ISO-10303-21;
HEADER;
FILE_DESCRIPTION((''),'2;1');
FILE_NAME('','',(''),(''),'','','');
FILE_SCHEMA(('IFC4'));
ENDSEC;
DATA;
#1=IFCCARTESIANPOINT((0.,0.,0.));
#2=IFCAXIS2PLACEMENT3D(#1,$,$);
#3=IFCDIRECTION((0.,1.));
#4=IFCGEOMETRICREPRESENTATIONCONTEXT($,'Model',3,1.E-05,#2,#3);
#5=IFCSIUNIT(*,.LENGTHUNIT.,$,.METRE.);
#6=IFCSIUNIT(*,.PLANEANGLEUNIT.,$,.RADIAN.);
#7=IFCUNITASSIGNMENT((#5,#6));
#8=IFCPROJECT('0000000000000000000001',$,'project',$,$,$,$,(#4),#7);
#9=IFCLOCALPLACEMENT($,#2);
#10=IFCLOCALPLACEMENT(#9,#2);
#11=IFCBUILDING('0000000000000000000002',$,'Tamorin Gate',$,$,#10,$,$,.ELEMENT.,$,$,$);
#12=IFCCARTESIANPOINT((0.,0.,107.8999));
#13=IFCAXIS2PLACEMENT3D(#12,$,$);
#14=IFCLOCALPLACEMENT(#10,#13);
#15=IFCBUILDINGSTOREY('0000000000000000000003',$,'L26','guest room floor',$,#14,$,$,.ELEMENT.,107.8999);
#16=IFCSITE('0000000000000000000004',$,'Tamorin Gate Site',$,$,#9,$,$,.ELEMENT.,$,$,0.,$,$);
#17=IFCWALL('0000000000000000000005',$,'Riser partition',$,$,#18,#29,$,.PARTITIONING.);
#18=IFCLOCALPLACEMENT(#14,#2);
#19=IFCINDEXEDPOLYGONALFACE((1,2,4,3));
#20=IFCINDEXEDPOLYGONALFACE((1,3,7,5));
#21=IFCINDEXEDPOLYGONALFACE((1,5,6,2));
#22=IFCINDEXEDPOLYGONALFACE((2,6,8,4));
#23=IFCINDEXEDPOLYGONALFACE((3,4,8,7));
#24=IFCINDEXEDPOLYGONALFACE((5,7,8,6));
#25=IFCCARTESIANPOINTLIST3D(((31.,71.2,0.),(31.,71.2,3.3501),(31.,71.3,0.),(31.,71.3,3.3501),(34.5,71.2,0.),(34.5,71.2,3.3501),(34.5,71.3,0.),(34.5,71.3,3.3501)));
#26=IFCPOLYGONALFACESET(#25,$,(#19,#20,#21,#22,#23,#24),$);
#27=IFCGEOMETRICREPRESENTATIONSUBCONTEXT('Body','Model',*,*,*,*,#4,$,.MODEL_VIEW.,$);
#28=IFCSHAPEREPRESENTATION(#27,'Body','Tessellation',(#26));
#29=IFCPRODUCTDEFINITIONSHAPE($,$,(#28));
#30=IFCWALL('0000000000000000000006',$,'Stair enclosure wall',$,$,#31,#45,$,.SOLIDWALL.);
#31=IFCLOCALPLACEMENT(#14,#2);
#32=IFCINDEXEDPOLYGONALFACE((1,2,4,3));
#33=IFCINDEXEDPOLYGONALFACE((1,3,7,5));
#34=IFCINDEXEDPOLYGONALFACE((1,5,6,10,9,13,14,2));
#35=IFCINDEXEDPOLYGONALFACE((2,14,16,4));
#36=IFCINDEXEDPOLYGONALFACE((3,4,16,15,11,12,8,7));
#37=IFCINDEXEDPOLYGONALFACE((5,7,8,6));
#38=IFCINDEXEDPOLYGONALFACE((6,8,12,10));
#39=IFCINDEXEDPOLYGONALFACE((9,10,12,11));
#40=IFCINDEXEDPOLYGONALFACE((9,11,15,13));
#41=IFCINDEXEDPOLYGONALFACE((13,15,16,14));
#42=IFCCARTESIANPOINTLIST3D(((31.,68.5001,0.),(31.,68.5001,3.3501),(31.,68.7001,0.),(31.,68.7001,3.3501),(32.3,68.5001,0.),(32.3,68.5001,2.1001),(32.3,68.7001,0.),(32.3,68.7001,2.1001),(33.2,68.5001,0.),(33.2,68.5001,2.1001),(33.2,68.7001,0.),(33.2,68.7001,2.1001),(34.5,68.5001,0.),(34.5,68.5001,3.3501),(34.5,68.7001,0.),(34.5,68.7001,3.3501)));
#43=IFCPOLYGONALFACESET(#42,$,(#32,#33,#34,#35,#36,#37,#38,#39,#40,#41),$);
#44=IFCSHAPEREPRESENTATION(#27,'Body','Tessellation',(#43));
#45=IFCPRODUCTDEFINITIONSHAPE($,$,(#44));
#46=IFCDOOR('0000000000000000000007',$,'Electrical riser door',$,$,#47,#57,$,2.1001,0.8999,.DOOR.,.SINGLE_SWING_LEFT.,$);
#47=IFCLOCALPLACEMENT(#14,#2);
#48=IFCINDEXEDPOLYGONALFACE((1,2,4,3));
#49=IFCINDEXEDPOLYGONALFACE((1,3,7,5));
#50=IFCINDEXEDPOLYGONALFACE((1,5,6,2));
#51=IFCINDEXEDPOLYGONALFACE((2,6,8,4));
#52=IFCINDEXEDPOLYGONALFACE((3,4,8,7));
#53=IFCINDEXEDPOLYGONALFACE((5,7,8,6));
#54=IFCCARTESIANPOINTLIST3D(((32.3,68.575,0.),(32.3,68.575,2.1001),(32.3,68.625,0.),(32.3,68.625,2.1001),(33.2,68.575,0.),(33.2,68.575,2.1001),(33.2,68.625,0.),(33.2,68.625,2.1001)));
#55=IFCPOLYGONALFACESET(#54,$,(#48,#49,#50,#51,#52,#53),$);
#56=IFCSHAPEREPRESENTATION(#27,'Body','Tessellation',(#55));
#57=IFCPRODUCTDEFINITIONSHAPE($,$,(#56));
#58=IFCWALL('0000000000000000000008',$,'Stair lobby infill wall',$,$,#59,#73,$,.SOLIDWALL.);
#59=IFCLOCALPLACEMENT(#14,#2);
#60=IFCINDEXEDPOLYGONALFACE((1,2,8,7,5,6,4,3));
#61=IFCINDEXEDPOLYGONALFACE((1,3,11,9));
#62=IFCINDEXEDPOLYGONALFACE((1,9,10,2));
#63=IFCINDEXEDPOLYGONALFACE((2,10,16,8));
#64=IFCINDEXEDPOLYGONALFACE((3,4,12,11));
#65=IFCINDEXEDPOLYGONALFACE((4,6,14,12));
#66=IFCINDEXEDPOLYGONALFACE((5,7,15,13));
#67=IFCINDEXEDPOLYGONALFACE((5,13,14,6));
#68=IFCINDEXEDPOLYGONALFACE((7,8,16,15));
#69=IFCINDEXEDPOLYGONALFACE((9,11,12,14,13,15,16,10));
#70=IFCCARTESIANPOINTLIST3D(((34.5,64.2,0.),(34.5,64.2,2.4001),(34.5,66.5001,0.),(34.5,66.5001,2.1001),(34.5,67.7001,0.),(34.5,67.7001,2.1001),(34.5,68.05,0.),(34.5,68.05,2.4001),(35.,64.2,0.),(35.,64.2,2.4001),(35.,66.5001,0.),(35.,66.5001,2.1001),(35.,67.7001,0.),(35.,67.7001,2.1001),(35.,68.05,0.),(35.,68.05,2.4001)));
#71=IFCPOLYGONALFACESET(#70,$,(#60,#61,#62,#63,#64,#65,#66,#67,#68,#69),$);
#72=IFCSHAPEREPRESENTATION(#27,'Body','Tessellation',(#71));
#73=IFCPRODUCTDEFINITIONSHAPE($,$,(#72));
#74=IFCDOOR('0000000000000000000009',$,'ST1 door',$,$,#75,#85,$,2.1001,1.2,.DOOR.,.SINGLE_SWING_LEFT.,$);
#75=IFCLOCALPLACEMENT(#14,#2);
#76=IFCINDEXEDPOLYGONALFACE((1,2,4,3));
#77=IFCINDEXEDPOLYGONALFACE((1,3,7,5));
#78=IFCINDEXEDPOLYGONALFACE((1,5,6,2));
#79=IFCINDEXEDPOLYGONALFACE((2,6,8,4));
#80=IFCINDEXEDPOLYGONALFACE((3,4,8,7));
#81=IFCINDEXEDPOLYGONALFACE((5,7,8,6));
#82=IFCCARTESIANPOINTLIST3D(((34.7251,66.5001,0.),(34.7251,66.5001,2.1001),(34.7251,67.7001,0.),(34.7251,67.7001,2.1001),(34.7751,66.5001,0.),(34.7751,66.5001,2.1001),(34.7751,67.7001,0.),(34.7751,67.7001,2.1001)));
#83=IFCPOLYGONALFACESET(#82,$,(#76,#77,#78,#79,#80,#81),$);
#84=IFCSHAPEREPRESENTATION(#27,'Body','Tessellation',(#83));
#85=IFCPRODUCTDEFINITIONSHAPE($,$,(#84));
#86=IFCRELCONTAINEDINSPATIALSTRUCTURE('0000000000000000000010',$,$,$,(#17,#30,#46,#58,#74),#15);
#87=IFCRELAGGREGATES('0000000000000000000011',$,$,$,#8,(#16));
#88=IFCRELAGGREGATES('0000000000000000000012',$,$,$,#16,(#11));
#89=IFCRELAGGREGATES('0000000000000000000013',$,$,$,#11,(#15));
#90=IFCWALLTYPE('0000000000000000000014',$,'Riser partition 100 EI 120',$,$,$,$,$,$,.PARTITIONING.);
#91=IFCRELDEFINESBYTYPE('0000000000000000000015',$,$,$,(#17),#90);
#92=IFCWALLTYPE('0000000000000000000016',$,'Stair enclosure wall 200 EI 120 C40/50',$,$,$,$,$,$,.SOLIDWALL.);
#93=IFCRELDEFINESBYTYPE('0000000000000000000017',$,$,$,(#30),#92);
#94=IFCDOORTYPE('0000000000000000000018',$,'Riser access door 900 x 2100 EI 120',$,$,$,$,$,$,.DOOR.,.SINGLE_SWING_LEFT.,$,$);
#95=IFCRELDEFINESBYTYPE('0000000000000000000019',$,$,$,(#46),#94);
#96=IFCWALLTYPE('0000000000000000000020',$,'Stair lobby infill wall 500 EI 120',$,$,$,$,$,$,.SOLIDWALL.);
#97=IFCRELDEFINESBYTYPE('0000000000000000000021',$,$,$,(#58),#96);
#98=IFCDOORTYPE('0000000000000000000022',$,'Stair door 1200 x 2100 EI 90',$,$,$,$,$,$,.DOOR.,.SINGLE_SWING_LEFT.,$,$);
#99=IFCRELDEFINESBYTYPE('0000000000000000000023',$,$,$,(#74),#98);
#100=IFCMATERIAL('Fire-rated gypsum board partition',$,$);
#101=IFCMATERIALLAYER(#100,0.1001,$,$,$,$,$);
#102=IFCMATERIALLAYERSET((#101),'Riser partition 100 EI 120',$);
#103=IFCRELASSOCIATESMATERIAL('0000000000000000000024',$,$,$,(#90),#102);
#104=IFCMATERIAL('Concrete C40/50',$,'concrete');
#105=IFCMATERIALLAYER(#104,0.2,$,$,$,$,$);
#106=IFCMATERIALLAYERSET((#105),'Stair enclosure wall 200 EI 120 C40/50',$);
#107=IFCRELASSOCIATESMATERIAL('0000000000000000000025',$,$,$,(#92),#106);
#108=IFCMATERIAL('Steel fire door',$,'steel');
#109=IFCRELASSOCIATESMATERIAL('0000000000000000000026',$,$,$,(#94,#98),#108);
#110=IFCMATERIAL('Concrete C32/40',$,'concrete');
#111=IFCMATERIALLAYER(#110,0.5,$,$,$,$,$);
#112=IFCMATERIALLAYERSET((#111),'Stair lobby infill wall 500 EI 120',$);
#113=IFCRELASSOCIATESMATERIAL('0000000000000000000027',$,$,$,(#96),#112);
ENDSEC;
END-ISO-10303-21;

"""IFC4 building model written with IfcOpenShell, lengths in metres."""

from ifc_helpers import new_model, si_unit, direction, frame, frame_2d, origin, place, context, subcontext, project, spatial, rectangle, extrude, material, layer, layer_set, type_object, element, fill, save


model = new_model("IFC4")

# Units and contexts
model_context = context("Model", 3, precision=1e-05, world=origin(), true_north=direction((0.0, 1.0)))
body_context = subcontext(model_context, "Body", "Model", "MODEL_VIEW")
ifc_project = project(units=[si_unit("LENGTHUNIT", "METRE"), si_unit("PLANEANGLEUNIT", "RADIAN")], contexts=[model_context])

# Site, building, storey
site_placement = place(None, origin())
site = spatial("IfcSite", under=ifc_project, at=site_placement, Name="Tamorin Gate Site", CompositionType="ELEMENT", RefElevation=0.0)
building_placement = place(site_placement, origin())
building = spatial("IfcBuilding", under=site, at=building_placement, Name="Tamorin Gate", CompositionType="ELEMENT")
storey_placement = place(building_placement, frame((0.0, 0.0, 107.8999)))
storey = spatial("IfcBuildingStorey", under=building, at=storey_placement, Name="L26", Description="guest room floor", CompositionType="ELEMENT", Elevation=107.8999)

# Shared definitions
ifc_material_1 = material(Name="Concrete C32/40", Category="concrete")

# Wall
ifc_material_2 = material(Name="Fire-rated gypsum board partition")
ifc_layer_1 = layer(ifc_material_2, 0.1001)
ifc_layer_set_1 = layer_set([ifc_layer_1], Name="Riser partition 100 EI 120")
wall_type_1 = type_object("IfcWallType", Name="Riser partition 100 EI 120", PredefinedType="PARTITIONING", material=ifc_layer_set_1)
wall_1_placement = place(storey_placement, frame((31.0, 71.25, 0.0), z_axis=(0.0, 0.0, 1.0), x_axis=(1.0, 0.0, 0.0)))
element("IfcWall", 1, at=wall_1_placement, inside=storey, type_object=wall_type_1, Name="Riser partition", PredefinedType="PARTITIONING", context=body_context, shape_type="SweptSolid", body=[
    extrude(rectangle(XDim=3.5, YDim=0.1001, at=frame_2d((1.75, 0.0))), origin(), (0.0, 0.0, 1.0), 3.3501),
])

# Walls, openings, doors
ifc_material_3 = material(Name="Concrete C40/50", Category="concrete")
ifc_layer_2 = layer(ifc_material_3, 0.2)
ifc_layer_set_2 = layer_set([ifc_layer_2], Name="Stair enclosure wall 200 EI 120 C40/50")
wall_type_2 = type_object("IfcWallType", Name="Stair enclosure wall 200 EI 120 C40/50", PredefinedType="SOLIDWALL", material=ifc_layer_set_2)
wall_2_placement = place(storey_placement, frame((31.0, 68.6001, 0.0), z_axis=(0.0, 0.0, 1.0), x_axis=(1.0, 0.0, 0.0)))
wall_2 = element("IfcWall", 2, at=wall_2_placement, inside=storey, type_object=wall_type_2, Name="Stair enclosure wall", PredefinedType="SOLIDWALL", context=body_context, shape_type="SweptSolid", body=[
    extrude(rectangle(XDim=3.5, YDim=0.2, at=frame_2d((1.75, 0.0))), origin(), (0.0, 0.0, 1.0), 3.3501),
])
opening_1_placement = place(wall_2_placement, frame((1.3, 0.0, 0.0)))
opening_1 = element("IfcOpeningElement", 3, at=opening_1_placement, cuts=wall_2, PredefinedType="OPENING", context=body_context, shape_type="SweptSolid", body=[
    extrude(rectangle(XDim=0.8999, YDim=2.1001, at=frame_2d((0.45, 1.05))), frame((0.0, 0.1099, 0.0), z_axis=(0.0, -1.0, 0.0), x_axis=(1.0, 0.0, 0.0)), (0.0, 0.0, 1.0), 0.22),
])
ifc_material_4 = material(Name="Steel fire door", Category="steel")
door_type_1 = type_object("IfcDoorType", Name="Riser access door 900 x 2100 EI 120", OperationType="SINGLE_SWING_LEFT", PredefinedType="DOOR", material=ifc_material_4)
door_1_placement = place(opening_1_placement, origin())
door_1 = element("IfcDoor", 4, at=door_1_placement, inside=storey, type_object=door_type_1, Name="Electrical riser door", OperationType="SINGLE_SWING_LEFT", OverallHeight=2.1001, OverallWidth=0.8999, PredefinedType="DOOR", context=body_context, shape_type="SweptSolid", body=[
    extrude(rectangle(XDim=0.8999, YDim=2.1001, at=frame_2d((0.45, 1.05))), frame((0.0, 0.0249, 0.0), z_axis=(0.0, -1.0, 0.0), x_axis=(1.0, 0.0, 0.0)), (0.0, 0.0, 1.0), 0.05),
])
fill(opening_1, door_1)
ifc_layer_3 = layer(ifc_material_1, 0.5)
ifc_layer_set_3 = layer_set([ifc_layer_3], Name="Stair lobby infill wall 500 EI 120")
wall_type_3 = type_object("IfcWallType", Name="Stair lobby infill wall 500 EI 120", PredefinedType="SOLIDWALL", material=ifc_layer_set_3)
wall_3_placement = place(storey_placement, frame((34.75, 64.2, 0.0), z_axis=(0.0, 0.0, 1.0), x_axis=(0.0, 1.0, 0.0)))
wall_3 = element("IfcWall", 5, at=wall_3_placement, inside=storey, type_object=wall_type_3, Name="Stair lobby infill wall", PredefinedType="SOLIDWALL", context=body_context, shape_type="SweptSolid", body=[
    extrude(rectangle(XDim=3.8501, YDim=0.5, at=frame_2d((1.925, 0.0))), origin(), (0.0, 0.0, 1.0), 2.4001),
])
opening_2_placement = place(wall_3_placement, frame((2.3, 0.0, 0.0)))
opening_2 = element("IfcOpeningElement", 6, at=opening_2_placement, cuts=wall_3, PredefinedType="OPENING", context=body_context, shape_type="SweptSolid", body=[
    extrude(rectangle(XDim=1.2, YDim=2.1001, at=frame_2d((0.6001, 1.05))), frame((0.0, 0.26, 0.0), z_axis=(0.0, -1.0, 0.0), x_axis=(1.0, 0.0, 0.0)), (0.0, 0.0, 1.0), 0.52),
])
door_type_2 = type_object("IfcDoorType", Name="Stair door 1200 x 2100 EI 90", OperationType="SINGLE_SWING_LEFT", PredefinedType="DOOR", material=ifc_material_4)
door_2_placement = place(opening_2_placement, origin())
door_2 = element("IfcDoor", 7, at=door_2_placement, inside=storey, type_object=door_type_2, Name="ST1 door", OperationType="SINGLE_SWING_LEFT", OverallHeight=2.1001, OverallWidth=1.2, PredefinedType="DOOR", context=body_context, shape_type="SweptSolid", body=[
    extrude(rectangle(XDim=1.2, YDim=2.1001, at=frame_2d((0.6001, 1.05))), frame((0.0, 0.0249, 0.0), z_axis=(0.0, -1.0, 0.0), x_axis=(1.0, 0.0, 0.0)), (0.0, 0.0, 1.0), 0.05),
])
fill(opening_2, door_2)

save(model, "model.ifc")
